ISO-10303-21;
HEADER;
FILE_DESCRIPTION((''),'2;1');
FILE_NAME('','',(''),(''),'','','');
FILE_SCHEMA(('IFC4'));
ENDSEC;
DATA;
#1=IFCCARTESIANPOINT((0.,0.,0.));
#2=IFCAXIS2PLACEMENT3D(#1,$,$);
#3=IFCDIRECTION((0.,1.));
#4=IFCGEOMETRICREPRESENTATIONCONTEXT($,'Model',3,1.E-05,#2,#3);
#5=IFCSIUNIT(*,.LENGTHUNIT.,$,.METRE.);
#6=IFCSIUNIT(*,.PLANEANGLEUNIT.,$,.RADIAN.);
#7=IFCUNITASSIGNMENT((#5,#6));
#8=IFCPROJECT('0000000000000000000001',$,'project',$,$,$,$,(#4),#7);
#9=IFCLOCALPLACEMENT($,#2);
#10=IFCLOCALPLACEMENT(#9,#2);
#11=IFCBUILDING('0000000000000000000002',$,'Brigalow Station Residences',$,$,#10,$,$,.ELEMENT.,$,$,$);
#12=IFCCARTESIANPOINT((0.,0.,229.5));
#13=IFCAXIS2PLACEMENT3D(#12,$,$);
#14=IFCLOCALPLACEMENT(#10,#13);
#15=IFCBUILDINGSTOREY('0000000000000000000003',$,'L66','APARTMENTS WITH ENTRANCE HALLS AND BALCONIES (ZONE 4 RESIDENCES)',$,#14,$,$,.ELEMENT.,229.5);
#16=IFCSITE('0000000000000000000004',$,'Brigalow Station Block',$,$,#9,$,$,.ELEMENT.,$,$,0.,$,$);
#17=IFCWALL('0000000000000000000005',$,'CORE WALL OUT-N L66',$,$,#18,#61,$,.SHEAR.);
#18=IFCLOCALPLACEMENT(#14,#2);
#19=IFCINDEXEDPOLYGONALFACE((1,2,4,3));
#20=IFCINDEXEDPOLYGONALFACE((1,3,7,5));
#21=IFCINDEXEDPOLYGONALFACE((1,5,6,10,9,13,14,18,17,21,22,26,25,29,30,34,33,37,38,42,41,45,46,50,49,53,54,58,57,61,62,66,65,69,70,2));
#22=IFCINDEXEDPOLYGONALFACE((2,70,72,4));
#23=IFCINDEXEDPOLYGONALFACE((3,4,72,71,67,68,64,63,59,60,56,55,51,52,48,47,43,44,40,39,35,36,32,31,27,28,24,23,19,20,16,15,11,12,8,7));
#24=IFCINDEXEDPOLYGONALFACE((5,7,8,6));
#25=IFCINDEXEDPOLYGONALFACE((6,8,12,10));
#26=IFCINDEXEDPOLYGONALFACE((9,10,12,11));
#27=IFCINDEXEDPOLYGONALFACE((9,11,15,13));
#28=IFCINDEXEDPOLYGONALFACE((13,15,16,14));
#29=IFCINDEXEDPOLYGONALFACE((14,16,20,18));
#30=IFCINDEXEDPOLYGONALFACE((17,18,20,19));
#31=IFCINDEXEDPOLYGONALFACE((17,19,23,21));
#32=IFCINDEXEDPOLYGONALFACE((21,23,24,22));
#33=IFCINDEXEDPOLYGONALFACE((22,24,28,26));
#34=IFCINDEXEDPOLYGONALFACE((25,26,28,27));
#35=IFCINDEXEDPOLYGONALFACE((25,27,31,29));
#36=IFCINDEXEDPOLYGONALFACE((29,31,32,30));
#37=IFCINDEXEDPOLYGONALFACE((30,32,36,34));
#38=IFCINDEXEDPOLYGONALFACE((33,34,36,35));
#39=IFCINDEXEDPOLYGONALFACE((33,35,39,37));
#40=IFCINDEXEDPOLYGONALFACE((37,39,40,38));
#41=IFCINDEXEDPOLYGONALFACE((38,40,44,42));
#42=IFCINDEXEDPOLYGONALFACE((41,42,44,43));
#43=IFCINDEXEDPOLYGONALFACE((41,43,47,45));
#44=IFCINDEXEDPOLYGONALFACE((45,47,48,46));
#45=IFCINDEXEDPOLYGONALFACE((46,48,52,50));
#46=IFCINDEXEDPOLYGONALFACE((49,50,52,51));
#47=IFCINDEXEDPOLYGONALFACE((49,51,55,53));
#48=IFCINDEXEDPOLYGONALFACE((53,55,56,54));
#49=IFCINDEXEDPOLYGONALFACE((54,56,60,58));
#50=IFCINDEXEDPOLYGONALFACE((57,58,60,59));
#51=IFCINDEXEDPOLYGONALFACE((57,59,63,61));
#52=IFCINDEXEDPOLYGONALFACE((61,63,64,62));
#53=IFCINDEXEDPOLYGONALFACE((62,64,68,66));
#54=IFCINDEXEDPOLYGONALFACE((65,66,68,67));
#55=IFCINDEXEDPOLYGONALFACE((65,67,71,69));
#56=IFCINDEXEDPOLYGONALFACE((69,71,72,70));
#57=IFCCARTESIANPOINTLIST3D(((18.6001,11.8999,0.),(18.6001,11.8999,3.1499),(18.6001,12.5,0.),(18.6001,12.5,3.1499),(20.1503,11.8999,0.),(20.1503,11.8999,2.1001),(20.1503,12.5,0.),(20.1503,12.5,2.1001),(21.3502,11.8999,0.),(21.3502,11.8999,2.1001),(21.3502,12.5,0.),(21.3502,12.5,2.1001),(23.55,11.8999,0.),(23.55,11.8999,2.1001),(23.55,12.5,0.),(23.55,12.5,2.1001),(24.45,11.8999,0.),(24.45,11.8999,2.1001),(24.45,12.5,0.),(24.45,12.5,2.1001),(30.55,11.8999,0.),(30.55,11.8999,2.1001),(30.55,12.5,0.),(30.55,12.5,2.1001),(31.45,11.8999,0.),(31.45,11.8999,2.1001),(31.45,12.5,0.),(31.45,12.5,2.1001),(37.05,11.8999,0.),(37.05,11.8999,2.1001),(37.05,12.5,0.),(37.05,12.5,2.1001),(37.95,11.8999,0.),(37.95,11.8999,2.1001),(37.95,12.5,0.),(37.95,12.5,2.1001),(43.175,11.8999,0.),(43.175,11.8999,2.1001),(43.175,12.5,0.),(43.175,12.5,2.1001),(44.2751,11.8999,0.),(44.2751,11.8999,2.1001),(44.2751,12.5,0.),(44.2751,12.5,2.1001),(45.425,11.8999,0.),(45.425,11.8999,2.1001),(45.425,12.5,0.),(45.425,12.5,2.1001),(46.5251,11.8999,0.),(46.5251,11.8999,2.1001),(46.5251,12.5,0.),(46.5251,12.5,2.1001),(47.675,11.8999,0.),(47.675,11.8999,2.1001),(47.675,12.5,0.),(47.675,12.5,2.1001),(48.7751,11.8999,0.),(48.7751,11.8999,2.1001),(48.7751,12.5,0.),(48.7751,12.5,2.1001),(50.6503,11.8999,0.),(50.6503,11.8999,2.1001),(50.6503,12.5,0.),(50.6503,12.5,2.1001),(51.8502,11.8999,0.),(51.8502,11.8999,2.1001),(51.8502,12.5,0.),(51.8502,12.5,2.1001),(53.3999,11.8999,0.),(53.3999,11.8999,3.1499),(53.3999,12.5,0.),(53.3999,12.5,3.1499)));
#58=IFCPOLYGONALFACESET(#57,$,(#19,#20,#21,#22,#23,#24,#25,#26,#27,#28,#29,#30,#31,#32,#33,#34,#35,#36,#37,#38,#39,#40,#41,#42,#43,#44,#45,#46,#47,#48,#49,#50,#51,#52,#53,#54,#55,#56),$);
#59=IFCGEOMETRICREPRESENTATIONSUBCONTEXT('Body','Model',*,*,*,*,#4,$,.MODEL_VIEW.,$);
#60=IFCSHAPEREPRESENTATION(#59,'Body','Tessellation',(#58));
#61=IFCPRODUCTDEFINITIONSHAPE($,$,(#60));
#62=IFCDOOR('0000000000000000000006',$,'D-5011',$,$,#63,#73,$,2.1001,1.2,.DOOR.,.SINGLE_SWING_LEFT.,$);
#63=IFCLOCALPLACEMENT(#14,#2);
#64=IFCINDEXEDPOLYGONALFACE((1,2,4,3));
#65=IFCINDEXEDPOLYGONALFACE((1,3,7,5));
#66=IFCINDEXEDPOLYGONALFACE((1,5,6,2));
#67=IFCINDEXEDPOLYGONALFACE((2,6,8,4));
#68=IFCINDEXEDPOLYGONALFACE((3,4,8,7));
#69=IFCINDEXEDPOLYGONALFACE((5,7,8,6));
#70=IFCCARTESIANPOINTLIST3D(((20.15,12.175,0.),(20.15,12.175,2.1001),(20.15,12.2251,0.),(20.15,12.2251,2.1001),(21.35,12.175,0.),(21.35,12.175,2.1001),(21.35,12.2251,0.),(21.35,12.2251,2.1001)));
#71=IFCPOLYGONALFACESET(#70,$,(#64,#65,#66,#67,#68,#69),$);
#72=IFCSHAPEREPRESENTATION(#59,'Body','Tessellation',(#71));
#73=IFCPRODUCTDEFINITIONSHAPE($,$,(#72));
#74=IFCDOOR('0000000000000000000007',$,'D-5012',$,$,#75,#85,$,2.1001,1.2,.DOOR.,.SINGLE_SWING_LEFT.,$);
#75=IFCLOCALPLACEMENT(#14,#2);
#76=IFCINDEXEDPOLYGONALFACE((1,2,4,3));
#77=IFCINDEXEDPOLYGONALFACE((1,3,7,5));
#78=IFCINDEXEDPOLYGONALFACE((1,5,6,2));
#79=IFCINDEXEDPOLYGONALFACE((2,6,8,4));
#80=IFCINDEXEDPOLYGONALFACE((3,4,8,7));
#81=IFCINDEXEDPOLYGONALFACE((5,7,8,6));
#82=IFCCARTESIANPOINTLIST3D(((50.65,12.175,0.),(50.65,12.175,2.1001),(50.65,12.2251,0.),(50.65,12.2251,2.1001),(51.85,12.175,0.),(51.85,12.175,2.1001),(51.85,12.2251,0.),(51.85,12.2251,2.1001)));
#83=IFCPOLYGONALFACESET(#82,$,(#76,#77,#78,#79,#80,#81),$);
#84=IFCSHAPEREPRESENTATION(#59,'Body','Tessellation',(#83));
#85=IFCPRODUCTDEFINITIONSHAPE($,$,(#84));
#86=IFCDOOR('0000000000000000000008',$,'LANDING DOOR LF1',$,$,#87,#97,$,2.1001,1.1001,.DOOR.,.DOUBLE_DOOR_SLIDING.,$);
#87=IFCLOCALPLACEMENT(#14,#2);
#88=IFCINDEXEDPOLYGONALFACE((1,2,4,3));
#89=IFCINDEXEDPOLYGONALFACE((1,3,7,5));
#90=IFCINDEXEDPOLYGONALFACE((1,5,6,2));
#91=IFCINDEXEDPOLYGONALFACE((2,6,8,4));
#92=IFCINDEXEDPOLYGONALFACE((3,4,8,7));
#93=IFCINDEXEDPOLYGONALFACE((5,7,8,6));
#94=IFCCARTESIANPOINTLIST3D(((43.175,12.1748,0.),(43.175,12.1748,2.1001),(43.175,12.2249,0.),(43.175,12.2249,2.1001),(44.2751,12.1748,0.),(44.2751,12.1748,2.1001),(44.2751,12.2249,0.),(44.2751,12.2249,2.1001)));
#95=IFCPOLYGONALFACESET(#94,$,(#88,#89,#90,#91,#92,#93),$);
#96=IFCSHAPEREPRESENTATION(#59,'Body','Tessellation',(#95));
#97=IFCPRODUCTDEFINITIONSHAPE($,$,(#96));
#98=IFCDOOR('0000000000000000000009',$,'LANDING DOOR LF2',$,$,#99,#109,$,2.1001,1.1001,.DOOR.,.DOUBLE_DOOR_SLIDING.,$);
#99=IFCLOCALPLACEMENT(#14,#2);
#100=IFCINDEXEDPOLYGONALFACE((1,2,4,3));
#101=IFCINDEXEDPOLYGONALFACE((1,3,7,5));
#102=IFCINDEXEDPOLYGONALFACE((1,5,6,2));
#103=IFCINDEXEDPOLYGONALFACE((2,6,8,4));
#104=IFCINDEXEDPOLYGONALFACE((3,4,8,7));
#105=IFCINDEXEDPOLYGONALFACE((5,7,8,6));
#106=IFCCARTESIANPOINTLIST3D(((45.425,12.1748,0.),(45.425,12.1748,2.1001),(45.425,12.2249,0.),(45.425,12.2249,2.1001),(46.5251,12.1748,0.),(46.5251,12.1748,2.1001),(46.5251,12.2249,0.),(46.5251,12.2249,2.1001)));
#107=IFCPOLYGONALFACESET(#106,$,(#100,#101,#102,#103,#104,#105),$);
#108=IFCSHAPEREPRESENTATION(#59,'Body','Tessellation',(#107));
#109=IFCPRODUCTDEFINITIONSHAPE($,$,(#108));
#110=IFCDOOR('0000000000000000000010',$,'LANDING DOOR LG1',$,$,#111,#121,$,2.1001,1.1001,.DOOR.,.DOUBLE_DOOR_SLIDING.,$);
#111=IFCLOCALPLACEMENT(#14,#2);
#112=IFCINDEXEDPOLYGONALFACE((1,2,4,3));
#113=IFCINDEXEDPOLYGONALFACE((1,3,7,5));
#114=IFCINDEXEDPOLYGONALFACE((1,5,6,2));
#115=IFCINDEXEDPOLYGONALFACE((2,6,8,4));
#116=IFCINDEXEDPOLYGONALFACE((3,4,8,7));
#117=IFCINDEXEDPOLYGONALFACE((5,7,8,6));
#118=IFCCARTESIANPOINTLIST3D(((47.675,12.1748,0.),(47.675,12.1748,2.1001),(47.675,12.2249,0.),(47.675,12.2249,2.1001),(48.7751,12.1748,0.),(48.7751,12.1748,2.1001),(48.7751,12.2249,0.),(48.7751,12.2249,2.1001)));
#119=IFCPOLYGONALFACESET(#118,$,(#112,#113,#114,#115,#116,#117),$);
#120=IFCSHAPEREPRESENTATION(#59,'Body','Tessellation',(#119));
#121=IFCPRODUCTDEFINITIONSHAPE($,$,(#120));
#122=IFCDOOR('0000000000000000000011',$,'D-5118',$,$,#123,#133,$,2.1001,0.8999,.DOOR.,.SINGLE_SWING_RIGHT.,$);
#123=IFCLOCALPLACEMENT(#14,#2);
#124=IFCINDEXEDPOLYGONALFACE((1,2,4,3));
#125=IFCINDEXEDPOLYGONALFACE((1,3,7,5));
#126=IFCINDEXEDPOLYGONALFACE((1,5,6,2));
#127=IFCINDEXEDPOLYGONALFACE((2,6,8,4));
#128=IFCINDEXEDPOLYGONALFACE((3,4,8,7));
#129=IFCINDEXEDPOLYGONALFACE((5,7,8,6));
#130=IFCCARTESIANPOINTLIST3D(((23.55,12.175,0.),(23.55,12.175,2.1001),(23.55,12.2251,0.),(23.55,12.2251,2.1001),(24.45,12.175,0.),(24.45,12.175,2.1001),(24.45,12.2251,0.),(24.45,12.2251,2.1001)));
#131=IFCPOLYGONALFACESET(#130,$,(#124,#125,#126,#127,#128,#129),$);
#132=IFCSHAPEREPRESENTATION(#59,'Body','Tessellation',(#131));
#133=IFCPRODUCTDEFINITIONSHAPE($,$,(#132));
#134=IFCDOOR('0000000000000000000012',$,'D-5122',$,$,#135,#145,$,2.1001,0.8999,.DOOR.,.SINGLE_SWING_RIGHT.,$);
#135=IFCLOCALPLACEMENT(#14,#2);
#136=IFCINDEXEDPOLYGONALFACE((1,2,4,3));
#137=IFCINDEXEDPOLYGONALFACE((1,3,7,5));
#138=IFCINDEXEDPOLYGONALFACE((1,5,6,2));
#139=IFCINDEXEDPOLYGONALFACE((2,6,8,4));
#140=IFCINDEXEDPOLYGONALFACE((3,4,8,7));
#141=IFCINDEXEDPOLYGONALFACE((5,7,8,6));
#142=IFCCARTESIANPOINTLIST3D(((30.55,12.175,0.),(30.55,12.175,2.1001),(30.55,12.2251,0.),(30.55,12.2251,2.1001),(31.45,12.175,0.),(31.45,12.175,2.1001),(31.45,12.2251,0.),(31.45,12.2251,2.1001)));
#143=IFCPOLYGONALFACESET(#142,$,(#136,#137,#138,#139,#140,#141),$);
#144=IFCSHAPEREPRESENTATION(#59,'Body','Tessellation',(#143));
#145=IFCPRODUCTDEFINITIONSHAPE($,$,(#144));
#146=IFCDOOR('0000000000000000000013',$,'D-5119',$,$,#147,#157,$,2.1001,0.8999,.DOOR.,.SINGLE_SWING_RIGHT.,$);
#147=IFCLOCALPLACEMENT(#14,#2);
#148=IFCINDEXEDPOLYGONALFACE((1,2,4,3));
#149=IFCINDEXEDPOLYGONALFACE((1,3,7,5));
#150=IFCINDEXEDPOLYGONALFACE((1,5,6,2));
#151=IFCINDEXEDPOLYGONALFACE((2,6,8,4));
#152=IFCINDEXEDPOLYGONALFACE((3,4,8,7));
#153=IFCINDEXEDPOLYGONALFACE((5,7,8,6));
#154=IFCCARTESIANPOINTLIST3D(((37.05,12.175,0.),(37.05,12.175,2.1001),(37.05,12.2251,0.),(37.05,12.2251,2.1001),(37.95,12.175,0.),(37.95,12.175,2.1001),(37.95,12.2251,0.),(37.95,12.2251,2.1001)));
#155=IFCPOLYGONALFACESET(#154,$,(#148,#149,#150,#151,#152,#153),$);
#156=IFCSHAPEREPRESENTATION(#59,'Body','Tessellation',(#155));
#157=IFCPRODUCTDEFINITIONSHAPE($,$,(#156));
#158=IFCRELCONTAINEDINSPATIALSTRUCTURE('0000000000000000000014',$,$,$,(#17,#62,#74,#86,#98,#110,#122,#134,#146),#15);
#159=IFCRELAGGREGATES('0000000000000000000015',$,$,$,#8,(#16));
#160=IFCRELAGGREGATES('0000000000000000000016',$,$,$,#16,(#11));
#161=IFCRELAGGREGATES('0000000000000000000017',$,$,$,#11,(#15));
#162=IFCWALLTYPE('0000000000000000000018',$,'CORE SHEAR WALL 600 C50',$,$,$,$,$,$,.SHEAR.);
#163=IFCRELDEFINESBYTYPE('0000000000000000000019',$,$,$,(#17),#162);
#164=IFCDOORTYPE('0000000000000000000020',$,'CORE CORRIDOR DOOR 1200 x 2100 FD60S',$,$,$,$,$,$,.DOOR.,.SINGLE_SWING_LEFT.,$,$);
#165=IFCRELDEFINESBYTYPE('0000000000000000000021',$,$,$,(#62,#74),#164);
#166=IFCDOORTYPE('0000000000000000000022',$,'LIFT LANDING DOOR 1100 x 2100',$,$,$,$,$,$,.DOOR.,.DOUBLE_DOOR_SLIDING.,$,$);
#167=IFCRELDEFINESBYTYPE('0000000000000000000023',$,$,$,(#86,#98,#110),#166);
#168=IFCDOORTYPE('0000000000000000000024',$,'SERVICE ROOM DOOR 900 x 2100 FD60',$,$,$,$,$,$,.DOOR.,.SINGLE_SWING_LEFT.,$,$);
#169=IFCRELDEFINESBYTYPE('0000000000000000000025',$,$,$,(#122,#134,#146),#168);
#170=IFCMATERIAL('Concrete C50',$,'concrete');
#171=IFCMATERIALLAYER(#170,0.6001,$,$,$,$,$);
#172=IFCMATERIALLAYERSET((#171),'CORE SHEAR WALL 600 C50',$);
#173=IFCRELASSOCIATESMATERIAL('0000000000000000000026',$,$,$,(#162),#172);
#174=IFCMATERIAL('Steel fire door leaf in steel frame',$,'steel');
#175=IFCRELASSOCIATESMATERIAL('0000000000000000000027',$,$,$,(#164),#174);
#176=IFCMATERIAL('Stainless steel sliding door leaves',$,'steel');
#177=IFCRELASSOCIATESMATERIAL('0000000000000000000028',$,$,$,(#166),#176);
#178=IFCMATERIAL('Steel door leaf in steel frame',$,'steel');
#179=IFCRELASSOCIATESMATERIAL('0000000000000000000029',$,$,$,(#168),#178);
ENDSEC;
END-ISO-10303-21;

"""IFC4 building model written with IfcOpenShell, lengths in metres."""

from ifc_helpers import new_model, si_unit, direction, frame, frame_2d, origin, place, context, subcontext, project, spatial, rectangle, extrude, material, layer, layer_set, type_object, element, fill, save


model = new_model("IFC4")

# Units and contexts
model_context = context("Model", 3, precision=1e-05, world=origin(), true_north=direction((0.0, 1.0)))
body_context = subcontext(model_context, "Body", "Model", "MODEL_VIEW")
ifc_project = project(units=[si_unit("LENGTHUNIT", "METRE"), si_unit("PLANEANGLEUNIT", "RADIAN")], contexts=[model_context])

# Site, building, storey
site_placement = place(None, origin())
site = spatial("IfcSite", under=ifc_project, at=site_placement, Name="Brigalow Station Block", CompositionType="ELEMENT", RefElevation=0.0)
building_placement = place(site_placement, origin())
building = spatial("IfcBuilding", under=site, at=building_placement, Name="Brigalow Station Residences", CompositionType="ELEMENT")
storey_placement = place(building_placement, frame((0.0, 0.0, 229.5)))
storey = spatial("IfcBuildingStorey", under=building, at=storey_placement, Name="L66", Description="APARTMENTS WITH ENTRANCE HALLS AND BALCONIES (ZONE 4 RESIDENCES)", CompositionType="ELEMENT", Elevation=229.5)

# Wall, openings, doors
ifc_material_1 = material(Name="Concrete C50", Category="concrete")
ifc_layer_1 = layer(ifc_material_1, 0.6001)
ifc_layer_set_1 = layer_set([ifc_layer_1], Name="CORE SHEAR WALL 600 C50")
wall_type_1 = type_object("IfcWallType", Name="CORE SHEAR WALL 600 C50", PredefinedType="SHEAR", material=ifc_layer_set_1)
wall_1_placement = place(storey_placement, frame((18.6001, 12.2, 0.0), z_axis=(0.0, 0.0, 1.0), x_axis=(1.0, 0.0, 0.0)))
wall_1 = element("IfcWall", 1, at=wall_1_placement, inside=storey, type_object=wall_type_1, Name="CORE WALL OUT-N L66", PredefinedType="SHEAR", context=body_context, shape_type="SweptSolid", body=[
    extrude(rectangle(XDim=34.7998, YDim=0.6001, at=frame_2d((17.3999, 0.0))), origin(), (0.0, 0.0, 1.0), 3.1499),
])
opening_1_placement = place(wall_1_placement, frame((24.575, 0.0, 0.0)))
opening_1 = element("IfcOpeningElement", 2, at=opening_1_placement, cuts=wall_1, PredefinedType="OPENING", context=body_context, shape_type="SweptSolid", body=[
    extrude(rectangle(XDim=1.1001, YDim=2.1001, at=frame_2d((0.55, 1.05))), frame((0.0, 0.3101, 0.0), z_axis=(0.0, -1.0, 0.0), x_axis=(1.0, 0.0, 0.0)), (0.0, 0.0, 1.0), 0.6201),
])
opening_2_placement = place(wall_1_placement, frame((26.825, 0.0, 0.0)))
opening_2 = element("IfcOpeningElement", 3, at=opening_2_placement, cuts=wall_1, PredefinedType="OPENING", context=body_context, shape_type="SweptSolid", body=[
    extrude(rectangle(XDim=1.1001, YDim=2.1001, at=frame_2d((0.55, 1.05))), frame((0.0, 0.3101, 0.0), z_axis=(0.0, -1.0, 0.0), x_axis=(1.0, 0.0, 0.0)), (0.0, 0.0, 1.0), 0.6201),
])
opening_3_placement = place(wall_1_placement, frame((29.075, 0.0, 0.0)))
opening_3 = element("IfcOpeningElement", 4, at=opening_3_placement, cuts=wall_1, PredefinedType="OPENING", context=body_context, shape_type="SweptSolid", body=[
    extrude(rectangle(XDim=1.1001, YDim=2.1001, at=frame_2d((0.55, 1.05))), frame((0.0, 0.3101, 0.0), z_axis=(0.0, -1.0, 0.0), x_axis=(1.0, 0.0, 0.0)), (0.0, 0.0, 1.0), 0.6201),
])
opening_4_placement = place(wall_1_placement, frame((4.95, 0.0, 0.0)))
opening_4 = element("IfcOpeningElement", 5, at=opening_4_placement, cuts=wall_1, PredefinedType="OPENING", context=body_context, shape_type="SweptSolid", body=[
    extrude(rectangle(XDim=0.8999, YDim=2.1001, at=frame_2d((0.45, 1.05))), frame((0.0, 0.3101, 0.0), z_axis=(0.0, -1.0, 0.0), x_axis=(1.0, 0.0, 0.0)), (0.0, 0.0, 1.0), 0.6201),
])
opening_5_placement = place(wall_1_placement, frame((11.95, 0.0, 0.0)))
opening_5 = element("IfcOpeningElement", 6, at=opening_5_placement, cuts=wall_1, PredefinedType="OPENING", context=body_context, shape_type="SweptSolid", body=[
    extrude(rectangle(XDim=0.8999, YDim=2.1001, at=frame_2d((0.45, 1.05))), frame((0.0, 0.3101, 0.0), z_axis=(0.0, -1.0, 0.0), x_axis=(1.0, 0.0, 0.0)), (0.0, 0.0, 1.0), 0.6201),
])
opening_6_placement = place(wall_1_placement, frame((18.45, 0.0, 0.0)))
opening_6 = element("IfcOpeningElement", 7, at=opening_6_placement, cuts=wall_1, PredefinedType="OPENING", context=body_context, shape_type="SweptSolid", body=[
    extrude(rectangle(XDim=0.8999, YDim=2.1001, at=frame_2d((0.45, 1.05))), frame((0.0, 0.3101, 0.0), z_axis=(0.0, -1.0, 0.0), x_axis=(1.0, 0.0, 0.0)), (0.0, 0.0, 1.0), 0.6201),
])
opening_7_placement = place(wall_1_placement, frame((1.55, 0.0, 0.0)))
opening_7 = element("IfcOpeningElement", 8, at=opening_7_placement, cuts=wall_1, PredefinedType="OPENING", context=body_context, shape_type="SweptSolid", body=[
    extrude(rectangle(XDim=1.2, YDim=2.1001, at=frame_2d((0.6001, 1.05))), frame((0.0, 0.3101, 0.0), z_axis=(0.0, -1.0, 0.0), x_axis=(1.0, 0.0, 0.0)), (0.0, 0.0, 1.0), 0.6201),
])
opening_8_placement = place(wall_1_placement, frame((32.05, 0.0, 0.0)))
opening_8 = element("IfcOpeningElement", 9, at=opening_8_placement, cuts=wall_1, PredefinedType="OPENING", context=body_context, shape_type="SweptSolid", body=[
    extrude(rectangle(XDim=1.2, YDim=2.1001, at=frame_2d((0.6001, 1.05))), frame((0.0, 0.3101, 0.0), z_axis=(0.0, -1.0, 0.0), x_axis=(1.0, 0.0, 0.0)), (0.0, 0.0, 1.0), 0.6201),
])
ifc_material_2 = material(Name="Steel fire door leaf in steel frame", Category="steel")
door_type_1 = type_object("IfcDoorType", Name="CORE CORRIDOR DOOR 1200 x 2100 FD60S", OperationType="SINGLE_SWING_LEFT", PredefinedType="DOOR", material=ifc_material_2)
door_1_placement = place(opening_7_placement, frame((1.2, 0.0, 0.0), z_axis=(0.0, 0.0, 1.0), x_axis=(-1.0, 0.0, 0.0)))
door_1 = element("IfcDoor", 10, at=door_1_placement, inside=storey, type_object=door_type_1, Name="D-5011", OperationType="SINGLE_SWING_LEFT", OverallHeight=2.1001, OverallWidth=1.2, PredefinedType="DOOR", context=body_context, shape_type="SweptSolid", body=[
    extrude(rectangle(XDim=1.2, YDim=2.1001, at=frame_2d((0.6001, 1.05))), frame((0.0, 0.0249, 0.0), z_axis=(0.0, -1.0, 0.0), x_axis=(1.0, 0.0, 0.0)), (0.0, 0.0, 1.0), 0.05),
])
fill(opening_7, door_1)
door_2_placement = place(opening_8_placement, frame((1.2, 0.0, 0.0), z_axis=(0.0, 0.0, 1.0), x_axis=(-1.0, 0.0, 0.0)))
door_2 = element("IfcDoor", 11, at=door_2_placement, inside=storey, type_object=door_type_1, Name="D-5012", OperationType="SINGLE_SWING_LEFT", OverallHeight=2.1001, OverallWidth=1.2, PredefinedType="DOOR", context=body_context, shape_type="SweptSolid", body=[
    extrude(rectangle(XDim=1.2, YDim=2.1001, at=frame_2d((0.6001, 1.05))), frame((0.0, 0.0249, 0.0), z_axis=(0.0, -1.0, 0.0), x_axis=(1.0, 0.0, 0.0)), (0.0, 0.0, 1.0), 0.05),
])
fill(opening_8, door_2)
ifc_material_3 = material(Name="Stainless steel sliding door leaves", Category="steel")
door_type_2 = type_object("IfcDoorType", Name="LIFT LANDING DOOR 1100 x 2100", OperationType="DOUBLE_DOOR_SLIDING", PredefinedType="DOOR", material=ifc_material_3)
door_3_placement = place(opening_1_placement, origin())
door_3 = element("IfcDoor", 12, at=door_3_placement, inside=storey, type_object=door_type_2, Name="LANDING DOOR LF1", OperationType="DOUBLE_DOOR_SLIDING", OverallHeight=2.1001, OverallWidth=1.1001, PredefinedType="DOOR", context=body_context, shape_type="SweptSolid", body=[
    extrude(rectangle(XDim=1.1001, YDim=2.1001, at=frame_2d((0.55, 1.05))), frame((0.0, 0.0249, 0.0), z_axis=(0.0, -1.0, 0.0), x_axis=(1.0, 0.0, 0.0)), (0.0, 0.0, 1.0), 0.05),
])
fill(opening_1, door_3)
door_4_placement = place(opening_2_placement, origin())
door_4 = element("IfcDoor", 13, at=door_4_placement, inside=storey, type_object=door_type_2, Name="LANDING DOOR LF2", OperationType="DOUBLE_DOOR_SLIDING", OverallHeight=2.1001, OverallWidth=1.1001, PredefinedType="DOOR", context=body_context, shape_type="SweptSolid", body=[
    extrude(rectangle(XDim=1.1001, YDim=2.1001, at=frame_2d((0.55, 1.05))), frame((0.0, 0.0249, 0.0), z_axis=(0.0, -1.0, 0.0), x_axis=(1.0, 0.0, 0.0)), (0.0, 0.0, 1.0), 0.05),
])
fill(opening_2, door_4)
door_5_placement = place(opening_3_placement, origin())
door_5 = element("IfcDoor", 14, at=door_5_placement, inside=storey, type_object=door_type_2, Name="LANDING DOOR LG1", OperationType="DOUBLE_DOOR_SLIDING", OverallHeight=2.1001, OverallWidth=1.1001, PredefinedType="DOOR", context=body_context, shape_type="SweptSolid", body=[
    extrude(rectangle(XDim=1.1001, YDim=2.1001, at=frame_2d((0.55, 1.05))), frame((0.0, 0.0249, 0.0), z_axis=(0.0, -1.0, 0.0), x_axis=(1.0, 0.0, 0.0)), (0.0, 0.0, 1.0), 0.05),
])
fill(opening_3, door_5)
ifc_material_4 = material(Name="Steel door leaf in steel frame", Category="steel")
door_type_3 = type_object("IfcDoorType", Name="SERVICE ROOM DOOR 900 x 2100 FD60", OperationType="SINGLE_SWING_LEFT", PredefinedType="DOOR", material=ifc_material_4)
door_6_placement = place(opening_4_placement, frame((0.8999, 0.0, 0.0), z_axis=(0.0, 0.0, 1.0), x_axis=(-1.0, 0.0, 0.0)))
door_6 = element("IfcDoor", 15, at=door_6_placement, inside=storey, type_object=door_type_3, Name="D-5118", OperationType="SINGLE_SWING_RIGHT", OverallHeight=2.1001, OverallWidth=0.8999, PredefinedType="DOOR", context=body_context, shape_type="SweptSolid", body=[
    extrude(rectangle(XDim=0.8999, YDim=2.1001, at=frame_2d((0.45, 1.05))), frame((0.0, 0.0249, 0.0), z_axis=(0.0, -1.0, 0.0), x_axis=(1.0, 0.0, 0.0)), (0.0, 0.0, 1.0), 0.05),
])
fill(opening_4, door_6)
door_7_placement = place(opening_5_placement, frame((0.8999, 0.0, 0.0), z_axis=(0.0, 0.0, 1.0), x_axis=(-1.0, 0.0, 0.0)))
door_7 = element("IfcDoor", 16, at=door_7_placement, inside=storey, type_object=door_type_3, Name="D-5122", OperationType="SINGLE_SWING_RIGHT", OverallHeight=2.1001, OverallWidth=0.8999, PredefinedType="DOOR", context=body_context, shape_type="SweptSolid", body=[
    extrude(rectangle(XDim=0.8999, YDim=2.1001, at=frame_2d((0.45, 1.05))), frame((0.0, 0.0249, 0.0), z_axis=(0.0, -1.0, 0.0), x_axis=(1.0, 0.0, 0.0)), (0.0, 0.0, 1.0), 0.05),
])
fill(opening_5, door_7)
door_8_placement = place(opening_6_placement, frame((0.8999, 0.0, 0.0), z_axis=(0.0, 0.0, 1.0), x_axis=(-1.0, 0.0, 0.0)))
door_8 = element("IfcDoor", 17, at=door_8_placement, inside=storey, type_object=door_type_3, Name="D-5119", OperationType="SINGLE_SWING_RIGHT", OverallHeight=2.1001, OverallWidth=0.8999, PredefinedType="DOOR", context=body_context, shape_type="SweptSolid", body=[
    extrude(rectangle(XDim=0.8999, YDim=2.1001, at=frame_2d((0.45, 1.05))), frame((0.0, 0.0249, 0.0), z_axis=(0.0, -1.0, 0.0), x_axis=(1.0, 0.0, 0.0)), (0.0, 0.0, 1.0), 0.05),
])
fill(opening_6, door_8)

save(model, "model.ifc")
